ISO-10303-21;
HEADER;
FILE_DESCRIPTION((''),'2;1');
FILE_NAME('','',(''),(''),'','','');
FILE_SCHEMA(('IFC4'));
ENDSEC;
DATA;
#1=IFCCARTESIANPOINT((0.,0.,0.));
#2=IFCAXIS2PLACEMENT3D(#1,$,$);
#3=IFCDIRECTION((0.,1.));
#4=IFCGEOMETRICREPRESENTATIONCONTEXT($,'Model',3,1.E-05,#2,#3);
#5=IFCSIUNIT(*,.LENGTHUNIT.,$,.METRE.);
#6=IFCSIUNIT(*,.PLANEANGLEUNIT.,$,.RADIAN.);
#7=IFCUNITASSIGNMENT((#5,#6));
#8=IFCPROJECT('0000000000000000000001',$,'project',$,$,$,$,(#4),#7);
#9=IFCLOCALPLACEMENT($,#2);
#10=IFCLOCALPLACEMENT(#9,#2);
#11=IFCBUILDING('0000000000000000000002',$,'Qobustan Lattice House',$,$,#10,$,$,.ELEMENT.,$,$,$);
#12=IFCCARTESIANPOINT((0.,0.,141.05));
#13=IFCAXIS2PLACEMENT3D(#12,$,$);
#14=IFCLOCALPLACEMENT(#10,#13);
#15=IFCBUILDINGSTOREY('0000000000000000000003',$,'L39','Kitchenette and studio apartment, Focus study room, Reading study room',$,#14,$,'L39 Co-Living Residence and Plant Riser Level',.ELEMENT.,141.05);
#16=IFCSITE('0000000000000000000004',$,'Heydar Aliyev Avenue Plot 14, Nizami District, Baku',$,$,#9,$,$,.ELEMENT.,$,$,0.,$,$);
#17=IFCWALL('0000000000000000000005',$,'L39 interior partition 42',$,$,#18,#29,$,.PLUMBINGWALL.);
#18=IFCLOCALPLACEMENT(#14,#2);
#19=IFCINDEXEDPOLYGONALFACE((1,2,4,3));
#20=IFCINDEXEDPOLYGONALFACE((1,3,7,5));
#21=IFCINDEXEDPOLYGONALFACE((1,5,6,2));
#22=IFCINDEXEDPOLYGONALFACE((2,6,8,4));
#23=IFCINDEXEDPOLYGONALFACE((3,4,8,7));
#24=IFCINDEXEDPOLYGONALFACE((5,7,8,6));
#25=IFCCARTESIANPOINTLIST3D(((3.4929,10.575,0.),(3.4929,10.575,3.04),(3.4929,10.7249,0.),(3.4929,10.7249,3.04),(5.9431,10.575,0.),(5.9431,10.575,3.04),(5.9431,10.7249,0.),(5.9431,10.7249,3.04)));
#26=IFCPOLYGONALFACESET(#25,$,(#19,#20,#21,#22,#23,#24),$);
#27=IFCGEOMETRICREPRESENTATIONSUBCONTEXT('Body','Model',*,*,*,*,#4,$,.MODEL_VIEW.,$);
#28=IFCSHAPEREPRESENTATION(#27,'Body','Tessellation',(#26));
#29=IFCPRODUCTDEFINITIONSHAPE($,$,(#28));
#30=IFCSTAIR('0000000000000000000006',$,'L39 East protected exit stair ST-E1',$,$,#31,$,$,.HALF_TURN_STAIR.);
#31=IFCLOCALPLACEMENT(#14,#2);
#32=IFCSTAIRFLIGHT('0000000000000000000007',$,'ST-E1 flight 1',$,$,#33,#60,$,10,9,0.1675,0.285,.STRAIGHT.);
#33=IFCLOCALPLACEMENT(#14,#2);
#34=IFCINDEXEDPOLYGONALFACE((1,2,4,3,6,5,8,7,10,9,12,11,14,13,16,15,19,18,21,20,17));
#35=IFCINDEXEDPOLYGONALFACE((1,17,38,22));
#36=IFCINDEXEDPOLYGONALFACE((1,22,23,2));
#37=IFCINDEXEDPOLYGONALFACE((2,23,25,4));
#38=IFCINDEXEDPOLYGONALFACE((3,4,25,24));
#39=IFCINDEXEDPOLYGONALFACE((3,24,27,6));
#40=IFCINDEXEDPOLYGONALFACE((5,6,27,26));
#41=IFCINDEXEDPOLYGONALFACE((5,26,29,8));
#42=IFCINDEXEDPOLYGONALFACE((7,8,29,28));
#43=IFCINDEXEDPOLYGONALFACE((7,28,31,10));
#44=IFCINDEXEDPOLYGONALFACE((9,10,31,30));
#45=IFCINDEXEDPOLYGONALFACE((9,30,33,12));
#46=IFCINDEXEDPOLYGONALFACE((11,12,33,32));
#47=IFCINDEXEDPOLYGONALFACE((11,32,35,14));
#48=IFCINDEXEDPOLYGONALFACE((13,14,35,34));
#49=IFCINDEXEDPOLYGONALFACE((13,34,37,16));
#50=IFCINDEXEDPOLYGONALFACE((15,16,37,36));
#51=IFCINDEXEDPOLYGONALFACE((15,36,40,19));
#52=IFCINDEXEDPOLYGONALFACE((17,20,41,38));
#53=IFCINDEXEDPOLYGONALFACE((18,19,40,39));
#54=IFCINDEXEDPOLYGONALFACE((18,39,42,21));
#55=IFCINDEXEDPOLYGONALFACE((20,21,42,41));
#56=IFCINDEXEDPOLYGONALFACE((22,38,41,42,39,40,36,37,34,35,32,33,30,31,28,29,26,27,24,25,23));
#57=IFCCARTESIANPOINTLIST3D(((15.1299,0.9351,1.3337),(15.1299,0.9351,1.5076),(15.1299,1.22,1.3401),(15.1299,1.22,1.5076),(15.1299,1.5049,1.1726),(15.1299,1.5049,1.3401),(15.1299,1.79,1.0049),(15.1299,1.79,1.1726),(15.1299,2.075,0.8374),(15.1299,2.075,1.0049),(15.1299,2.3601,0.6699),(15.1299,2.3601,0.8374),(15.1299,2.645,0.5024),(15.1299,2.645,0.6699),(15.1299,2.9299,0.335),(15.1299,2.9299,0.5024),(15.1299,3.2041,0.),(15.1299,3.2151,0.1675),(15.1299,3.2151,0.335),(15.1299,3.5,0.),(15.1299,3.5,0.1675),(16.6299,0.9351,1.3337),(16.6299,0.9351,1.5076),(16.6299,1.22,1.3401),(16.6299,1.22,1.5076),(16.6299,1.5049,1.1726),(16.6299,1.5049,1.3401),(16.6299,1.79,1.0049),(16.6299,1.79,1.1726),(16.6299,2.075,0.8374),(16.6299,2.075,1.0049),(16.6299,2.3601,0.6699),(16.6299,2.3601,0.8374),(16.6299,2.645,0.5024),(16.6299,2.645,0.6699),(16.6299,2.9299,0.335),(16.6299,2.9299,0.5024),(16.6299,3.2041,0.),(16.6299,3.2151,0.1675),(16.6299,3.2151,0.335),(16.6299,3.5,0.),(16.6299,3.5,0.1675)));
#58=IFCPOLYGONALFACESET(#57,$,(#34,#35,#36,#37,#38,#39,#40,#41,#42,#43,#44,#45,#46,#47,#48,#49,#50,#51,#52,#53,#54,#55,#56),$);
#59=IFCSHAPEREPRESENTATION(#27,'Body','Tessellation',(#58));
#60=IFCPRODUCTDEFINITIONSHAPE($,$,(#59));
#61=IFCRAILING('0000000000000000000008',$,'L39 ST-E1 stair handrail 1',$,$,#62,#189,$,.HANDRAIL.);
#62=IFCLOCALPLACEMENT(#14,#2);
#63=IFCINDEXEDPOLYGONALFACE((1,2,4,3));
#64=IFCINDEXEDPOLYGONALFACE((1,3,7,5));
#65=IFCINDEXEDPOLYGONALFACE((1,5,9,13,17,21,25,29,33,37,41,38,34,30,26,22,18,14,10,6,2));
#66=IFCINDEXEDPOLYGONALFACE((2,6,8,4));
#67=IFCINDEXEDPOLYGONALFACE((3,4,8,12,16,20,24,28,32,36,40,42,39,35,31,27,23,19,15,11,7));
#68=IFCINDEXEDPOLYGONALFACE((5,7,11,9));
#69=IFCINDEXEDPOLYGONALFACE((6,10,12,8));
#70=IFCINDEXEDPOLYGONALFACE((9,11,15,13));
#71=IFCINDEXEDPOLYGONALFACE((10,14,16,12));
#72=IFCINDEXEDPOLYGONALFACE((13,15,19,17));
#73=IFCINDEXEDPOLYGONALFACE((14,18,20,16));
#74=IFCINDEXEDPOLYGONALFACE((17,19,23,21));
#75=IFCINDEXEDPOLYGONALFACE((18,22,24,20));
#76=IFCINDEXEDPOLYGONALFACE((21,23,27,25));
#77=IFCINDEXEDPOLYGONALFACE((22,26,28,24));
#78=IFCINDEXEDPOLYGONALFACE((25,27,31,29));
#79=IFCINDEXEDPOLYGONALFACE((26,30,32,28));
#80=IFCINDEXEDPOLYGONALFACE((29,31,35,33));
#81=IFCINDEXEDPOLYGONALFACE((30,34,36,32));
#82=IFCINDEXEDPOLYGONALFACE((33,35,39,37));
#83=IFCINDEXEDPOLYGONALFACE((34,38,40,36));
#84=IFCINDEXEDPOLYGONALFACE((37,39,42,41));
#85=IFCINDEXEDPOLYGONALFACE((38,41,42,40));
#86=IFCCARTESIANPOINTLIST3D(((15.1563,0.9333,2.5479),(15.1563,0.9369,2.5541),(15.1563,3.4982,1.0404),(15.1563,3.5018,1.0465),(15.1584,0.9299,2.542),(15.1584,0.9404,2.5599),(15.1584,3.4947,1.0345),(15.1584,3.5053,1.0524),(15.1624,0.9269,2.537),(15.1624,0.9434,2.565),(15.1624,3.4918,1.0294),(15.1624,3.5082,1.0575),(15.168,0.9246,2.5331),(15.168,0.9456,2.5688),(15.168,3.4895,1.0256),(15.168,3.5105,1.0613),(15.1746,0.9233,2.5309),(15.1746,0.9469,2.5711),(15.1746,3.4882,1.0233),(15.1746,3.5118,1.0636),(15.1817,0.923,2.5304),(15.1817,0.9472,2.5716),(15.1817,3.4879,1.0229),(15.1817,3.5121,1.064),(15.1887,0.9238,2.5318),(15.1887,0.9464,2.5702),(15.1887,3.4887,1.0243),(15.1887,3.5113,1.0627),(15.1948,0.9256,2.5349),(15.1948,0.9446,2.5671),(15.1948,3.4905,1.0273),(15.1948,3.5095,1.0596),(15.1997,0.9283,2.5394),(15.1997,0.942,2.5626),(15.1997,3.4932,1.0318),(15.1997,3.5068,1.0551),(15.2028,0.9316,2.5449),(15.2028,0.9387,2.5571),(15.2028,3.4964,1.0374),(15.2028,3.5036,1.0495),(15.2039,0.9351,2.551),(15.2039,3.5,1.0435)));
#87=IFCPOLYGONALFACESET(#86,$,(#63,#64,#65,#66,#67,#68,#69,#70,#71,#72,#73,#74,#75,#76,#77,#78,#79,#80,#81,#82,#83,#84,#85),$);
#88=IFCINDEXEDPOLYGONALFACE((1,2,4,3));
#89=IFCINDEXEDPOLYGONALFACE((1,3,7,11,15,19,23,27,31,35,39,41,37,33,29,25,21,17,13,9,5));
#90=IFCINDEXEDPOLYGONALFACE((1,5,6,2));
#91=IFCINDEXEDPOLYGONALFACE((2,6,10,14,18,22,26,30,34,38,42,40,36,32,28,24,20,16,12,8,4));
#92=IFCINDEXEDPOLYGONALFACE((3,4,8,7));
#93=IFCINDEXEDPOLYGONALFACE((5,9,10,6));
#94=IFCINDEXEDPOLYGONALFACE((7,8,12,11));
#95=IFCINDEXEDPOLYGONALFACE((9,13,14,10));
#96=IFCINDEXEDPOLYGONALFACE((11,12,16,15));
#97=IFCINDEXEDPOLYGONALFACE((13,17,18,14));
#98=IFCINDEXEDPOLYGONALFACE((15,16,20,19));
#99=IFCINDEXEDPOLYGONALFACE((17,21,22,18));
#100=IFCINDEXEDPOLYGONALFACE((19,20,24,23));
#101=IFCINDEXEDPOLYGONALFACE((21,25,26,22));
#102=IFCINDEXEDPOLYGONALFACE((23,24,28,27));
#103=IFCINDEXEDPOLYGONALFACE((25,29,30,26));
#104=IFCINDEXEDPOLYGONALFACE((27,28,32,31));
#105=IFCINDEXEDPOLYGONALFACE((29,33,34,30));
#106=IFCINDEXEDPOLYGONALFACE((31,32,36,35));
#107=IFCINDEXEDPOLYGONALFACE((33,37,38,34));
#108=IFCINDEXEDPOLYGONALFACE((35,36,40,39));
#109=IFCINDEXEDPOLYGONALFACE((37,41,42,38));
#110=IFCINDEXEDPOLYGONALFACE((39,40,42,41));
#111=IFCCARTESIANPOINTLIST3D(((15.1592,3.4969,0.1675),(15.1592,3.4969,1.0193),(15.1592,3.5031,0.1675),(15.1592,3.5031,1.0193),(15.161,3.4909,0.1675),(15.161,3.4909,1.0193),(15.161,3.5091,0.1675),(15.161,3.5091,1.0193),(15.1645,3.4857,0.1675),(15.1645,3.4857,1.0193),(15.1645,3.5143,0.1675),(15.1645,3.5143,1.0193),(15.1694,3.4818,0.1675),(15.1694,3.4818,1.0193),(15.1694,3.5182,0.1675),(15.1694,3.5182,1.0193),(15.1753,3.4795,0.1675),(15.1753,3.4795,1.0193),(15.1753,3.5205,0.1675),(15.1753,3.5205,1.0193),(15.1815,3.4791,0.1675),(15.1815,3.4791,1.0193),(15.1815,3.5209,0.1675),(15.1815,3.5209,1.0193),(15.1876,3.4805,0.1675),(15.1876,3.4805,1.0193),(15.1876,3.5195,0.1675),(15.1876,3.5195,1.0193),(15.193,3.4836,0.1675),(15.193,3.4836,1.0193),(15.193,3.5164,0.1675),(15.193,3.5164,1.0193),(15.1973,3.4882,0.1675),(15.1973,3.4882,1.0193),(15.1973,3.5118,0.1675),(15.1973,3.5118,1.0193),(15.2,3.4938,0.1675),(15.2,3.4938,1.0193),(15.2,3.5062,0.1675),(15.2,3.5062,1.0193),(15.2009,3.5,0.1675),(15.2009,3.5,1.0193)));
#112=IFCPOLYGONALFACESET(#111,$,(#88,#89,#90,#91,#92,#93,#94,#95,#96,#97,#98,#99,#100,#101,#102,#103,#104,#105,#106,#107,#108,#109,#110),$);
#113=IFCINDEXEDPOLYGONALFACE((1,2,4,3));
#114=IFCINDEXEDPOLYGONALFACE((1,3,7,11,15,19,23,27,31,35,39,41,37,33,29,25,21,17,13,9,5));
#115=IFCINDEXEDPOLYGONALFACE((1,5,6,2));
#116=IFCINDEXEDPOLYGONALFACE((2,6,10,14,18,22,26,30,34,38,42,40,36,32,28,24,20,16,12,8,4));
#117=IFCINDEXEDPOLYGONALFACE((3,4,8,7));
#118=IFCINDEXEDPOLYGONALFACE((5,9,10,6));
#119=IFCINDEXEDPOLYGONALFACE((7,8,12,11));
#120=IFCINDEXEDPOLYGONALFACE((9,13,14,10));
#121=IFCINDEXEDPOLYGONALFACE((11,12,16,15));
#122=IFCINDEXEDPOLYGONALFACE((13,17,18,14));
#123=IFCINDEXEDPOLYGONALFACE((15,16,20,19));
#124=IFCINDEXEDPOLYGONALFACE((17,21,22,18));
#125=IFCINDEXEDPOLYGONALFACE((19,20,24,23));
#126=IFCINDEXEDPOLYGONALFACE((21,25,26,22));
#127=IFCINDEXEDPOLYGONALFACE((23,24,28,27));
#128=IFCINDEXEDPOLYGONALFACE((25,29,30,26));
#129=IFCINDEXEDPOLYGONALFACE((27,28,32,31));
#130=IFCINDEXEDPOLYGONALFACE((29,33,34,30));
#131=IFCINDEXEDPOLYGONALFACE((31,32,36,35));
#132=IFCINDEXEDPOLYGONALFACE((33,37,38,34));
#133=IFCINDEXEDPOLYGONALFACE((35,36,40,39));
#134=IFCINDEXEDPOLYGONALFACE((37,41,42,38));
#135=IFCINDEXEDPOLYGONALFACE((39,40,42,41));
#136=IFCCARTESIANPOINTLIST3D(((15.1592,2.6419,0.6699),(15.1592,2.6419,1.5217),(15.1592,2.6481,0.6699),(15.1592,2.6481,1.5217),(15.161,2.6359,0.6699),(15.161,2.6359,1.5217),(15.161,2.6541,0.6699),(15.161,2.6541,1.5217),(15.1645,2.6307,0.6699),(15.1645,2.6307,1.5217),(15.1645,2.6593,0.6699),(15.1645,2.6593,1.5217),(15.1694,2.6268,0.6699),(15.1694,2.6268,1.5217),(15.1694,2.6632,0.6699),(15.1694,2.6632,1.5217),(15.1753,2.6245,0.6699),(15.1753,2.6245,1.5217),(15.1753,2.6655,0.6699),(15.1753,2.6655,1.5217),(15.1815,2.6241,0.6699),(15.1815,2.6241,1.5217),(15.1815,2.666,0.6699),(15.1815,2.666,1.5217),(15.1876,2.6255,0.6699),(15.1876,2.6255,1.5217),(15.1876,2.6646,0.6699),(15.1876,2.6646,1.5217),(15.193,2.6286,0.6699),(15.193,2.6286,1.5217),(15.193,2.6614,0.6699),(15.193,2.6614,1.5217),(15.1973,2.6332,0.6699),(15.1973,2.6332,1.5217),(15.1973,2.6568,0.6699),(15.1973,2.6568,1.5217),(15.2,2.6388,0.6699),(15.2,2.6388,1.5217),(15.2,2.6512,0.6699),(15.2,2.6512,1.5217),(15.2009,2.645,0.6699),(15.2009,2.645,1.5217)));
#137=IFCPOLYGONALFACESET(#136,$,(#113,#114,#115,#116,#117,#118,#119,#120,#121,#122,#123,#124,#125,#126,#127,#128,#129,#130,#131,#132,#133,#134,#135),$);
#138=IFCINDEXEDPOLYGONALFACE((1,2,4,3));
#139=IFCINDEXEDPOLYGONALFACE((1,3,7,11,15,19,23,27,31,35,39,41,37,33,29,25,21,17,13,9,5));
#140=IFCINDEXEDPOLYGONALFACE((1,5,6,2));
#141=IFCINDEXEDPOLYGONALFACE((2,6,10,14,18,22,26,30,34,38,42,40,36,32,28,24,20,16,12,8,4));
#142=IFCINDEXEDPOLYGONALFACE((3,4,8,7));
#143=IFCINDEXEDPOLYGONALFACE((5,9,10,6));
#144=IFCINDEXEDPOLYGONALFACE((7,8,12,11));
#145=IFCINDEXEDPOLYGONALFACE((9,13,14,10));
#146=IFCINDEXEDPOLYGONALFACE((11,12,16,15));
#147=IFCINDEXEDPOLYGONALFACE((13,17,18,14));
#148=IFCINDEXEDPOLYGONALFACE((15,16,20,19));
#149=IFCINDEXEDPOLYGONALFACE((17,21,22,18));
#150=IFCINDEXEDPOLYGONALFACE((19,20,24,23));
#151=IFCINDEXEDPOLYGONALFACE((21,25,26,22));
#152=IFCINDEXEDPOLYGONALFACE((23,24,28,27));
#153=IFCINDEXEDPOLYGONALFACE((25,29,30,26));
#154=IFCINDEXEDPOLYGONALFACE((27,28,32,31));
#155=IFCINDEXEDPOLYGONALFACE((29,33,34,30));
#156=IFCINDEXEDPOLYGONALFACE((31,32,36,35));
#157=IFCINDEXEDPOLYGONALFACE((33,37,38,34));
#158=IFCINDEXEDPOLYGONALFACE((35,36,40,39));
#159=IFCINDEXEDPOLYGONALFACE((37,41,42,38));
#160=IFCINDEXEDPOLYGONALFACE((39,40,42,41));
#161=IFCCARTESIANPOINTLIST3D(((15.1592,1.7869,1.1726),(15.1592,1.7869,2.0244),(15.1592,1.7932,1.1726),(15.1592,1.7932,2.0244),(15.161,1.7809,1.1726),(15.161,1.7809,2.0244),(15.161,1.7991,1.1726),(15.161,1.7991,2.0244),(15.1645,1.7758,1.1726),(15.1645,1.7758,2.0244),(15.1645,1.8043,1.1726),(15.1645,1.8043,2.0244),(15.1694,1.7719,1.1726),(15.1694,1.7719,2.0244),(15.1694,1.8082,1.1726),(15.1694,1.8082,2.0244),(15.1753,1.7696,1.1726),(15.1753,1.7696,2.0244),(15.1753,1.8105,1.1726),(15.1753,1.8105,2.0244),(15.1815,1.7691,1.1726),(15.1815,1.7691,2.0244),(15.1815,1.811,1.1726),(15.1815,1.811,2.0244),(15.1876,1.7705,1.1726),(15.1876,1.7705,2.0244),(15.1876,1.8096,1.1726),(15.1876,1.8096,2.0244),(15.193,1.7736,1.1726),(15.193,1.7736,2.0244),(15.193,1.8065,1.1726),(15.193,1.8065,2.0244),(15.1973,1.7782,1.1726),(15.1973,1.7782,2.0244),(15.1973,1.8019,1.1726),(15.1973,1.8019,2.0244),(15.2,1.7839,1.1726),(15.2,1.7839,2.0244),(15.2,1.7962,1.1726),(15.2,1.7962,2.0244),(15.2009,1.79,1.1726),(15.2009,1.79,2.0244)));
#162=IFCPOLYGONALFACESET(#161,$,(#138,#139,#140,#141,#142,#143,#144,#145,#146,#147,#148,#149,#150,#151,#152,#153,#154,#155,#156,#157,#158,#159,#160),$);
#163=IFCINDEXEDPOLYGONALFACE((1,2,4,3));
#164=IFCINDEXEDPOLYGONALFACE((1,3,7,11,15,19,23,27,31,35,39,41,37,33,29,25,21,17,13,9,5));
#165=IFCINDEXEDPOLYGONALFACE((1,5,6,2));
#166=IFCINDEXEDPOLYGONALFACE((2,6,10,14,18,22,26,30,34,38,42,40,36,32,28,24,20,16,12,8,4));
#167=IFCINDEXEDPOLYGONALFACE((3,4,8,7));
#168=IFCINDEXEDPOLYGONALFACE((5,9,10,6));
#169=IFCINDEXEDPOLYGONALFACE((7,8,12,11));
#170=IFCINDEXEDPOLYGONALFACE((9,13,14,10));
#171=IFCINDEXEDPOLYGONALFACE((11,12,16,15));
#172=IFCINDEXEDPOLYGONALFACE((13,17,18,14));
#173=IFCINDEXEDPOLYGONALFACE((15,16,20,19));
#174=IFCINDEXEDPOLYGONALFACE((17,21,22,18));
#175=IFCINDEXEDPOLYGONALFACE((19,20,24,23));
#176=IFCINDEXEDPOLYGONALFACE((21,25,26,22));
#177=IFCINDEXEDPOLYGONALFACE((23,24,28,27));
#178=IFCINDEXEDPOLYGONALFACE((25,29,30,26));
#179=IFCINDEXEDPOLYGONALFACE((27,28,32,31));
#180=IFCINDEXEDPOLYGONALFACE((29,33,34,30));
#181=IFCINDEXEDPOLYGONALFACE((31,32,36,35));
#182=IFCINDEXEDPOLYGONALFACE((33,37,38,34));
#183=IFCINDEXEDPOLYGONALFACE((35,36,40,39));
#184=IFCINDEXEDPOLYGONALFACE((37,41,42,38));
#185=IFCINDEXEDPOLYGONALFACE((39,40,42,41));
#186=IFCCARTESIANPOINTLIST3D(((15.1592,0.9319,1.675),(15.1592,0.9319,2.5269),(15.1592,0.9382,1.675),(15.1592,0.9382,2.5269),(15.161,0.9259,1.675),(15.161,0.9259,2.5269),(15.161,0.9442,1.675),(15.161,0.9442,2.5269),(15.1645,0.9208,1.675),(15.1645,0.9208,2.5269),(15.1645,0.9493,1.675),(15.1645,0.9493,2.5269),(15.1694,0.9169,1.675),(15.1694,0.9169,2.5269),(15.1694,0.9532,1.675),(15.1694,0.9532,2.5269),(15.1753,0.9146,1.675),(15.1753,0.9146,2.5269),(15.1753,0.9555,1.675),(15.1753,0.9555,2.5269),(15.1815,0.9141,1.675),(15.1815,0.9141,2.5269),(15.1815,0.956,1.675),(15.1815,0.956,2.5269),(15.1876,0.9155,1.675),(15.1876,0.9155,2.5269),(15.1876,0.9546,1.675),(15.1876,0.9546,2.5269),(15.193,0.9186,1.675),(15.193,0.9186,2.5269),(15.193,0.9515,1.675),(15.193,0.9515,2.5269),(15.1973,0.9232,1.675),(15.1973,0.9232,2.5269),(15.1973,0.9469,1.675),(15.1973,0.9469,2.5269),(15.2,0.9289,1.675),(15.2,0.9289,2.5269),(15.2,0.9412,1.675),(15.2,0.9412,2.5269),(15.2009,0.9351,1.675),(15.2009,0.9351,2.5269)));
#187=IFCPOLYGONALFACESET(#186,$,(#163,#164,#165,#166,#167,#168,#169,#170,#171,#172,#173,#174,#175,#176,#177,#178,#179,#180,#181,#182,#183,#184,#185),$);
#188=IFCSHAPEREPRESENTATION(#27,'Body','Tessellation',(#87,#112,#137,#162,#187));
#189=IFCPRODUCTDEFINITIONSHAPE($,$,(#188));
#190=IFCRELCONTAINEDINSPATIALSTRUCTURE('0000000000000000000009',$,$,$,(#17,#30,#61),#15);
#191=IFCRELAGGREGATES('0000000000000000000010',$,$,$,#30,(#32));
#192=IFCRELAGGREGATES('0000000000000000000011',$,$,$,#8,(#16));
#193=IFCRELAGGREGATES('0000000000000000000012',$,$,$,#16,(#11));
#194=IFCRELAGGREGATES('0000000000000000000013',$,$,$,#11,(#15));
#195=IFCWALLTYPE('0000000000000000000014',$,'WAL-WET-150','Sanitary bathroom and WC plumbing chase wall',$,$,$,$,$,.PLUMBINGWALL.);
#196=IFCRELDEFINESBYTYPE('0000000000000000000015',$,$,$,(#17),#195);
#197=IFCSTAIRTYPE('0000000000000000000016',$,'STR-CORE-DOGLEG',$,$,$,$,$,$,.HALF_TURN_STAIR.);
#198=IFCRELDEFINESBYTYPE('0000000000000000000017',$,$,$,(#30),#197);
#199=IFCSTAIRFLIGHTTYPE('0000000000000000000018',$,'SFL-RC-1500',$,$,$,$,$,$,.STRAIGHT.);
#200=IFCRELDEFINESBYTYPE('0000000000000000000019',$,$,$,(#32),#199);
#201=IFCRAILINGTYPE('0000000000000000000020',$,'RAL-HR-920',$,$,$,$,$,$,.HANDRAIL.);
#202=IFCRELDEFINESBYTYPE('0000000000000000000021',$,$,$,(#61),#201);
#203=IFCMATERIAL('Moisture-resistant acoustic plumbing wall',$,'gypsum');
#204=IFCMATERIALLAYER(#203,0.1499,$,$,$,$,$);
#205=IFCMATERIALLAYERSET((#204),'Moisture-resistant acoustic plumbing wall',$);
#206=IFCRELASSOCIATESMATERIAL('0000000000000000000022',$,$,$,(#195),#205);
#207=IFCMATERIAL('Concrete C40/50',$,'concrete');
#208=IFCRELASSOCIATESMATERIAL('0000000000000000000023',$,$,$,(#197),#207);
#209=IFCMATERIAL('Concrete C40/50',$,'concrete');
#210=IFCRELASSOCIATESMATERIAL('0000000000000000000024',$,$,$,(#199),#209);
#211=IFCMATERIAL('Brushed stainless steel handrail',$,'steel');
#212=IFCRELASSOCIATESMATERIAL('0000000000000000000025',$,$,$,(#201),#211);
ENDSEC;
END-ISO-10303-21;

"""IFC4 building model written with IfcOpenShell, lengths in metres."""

from ifc_helpers import new_model, si_unit, direction, frame, frame_2d, origin, origin_2d, place, context, subcontext, project, spatial, polyline, rectangle, circle, outline, extrude, material, layer, layer_set, type_object, element, aggregate, save


model = new_model("IFC4")

# Units and contexts
model_context = context("Model", 3, precision=1e-05, world=origin(), true_north=direction((0.0, 1.0)))
body_context = subcontext(model_context, "Body", "Model", "MODEL_VIEW")
ifc_project = project(units=[si_unit("LENGTHUNIT", "METRE"), si_unit("PLANEANGLEUNIT", "RADIAN")], contexts=[model_context])

# Site, building, storey
site_placement = place(None, origin())
site = spatial("IfcSite", under=ifc_project, at=site_placement, Name="Heydar Aliyev Avenue Plot 14, Nizami District, Baku", CompositionType="ELEMENT", RefElevation=0.0)
building_placement = place(site_placement, origin())
building = spatial("IfcBuilding", under=site, at=building_placement, Name="Qobustan Lattice House", CompositionType="ELEMENT")
storey_placement = place(building_placement, frame((0.0, 0.0, 141.05)))
storey = spatial("IfcBuildingStorey", under=building, at=storey_placement, Name="L39", Description="Kitchenette and studio apartment, Focus study room, Reading study room", LongName="L39 Co-Living Residence and Plant Riser Level", CompositionType="ELEMENT", Elevation=141.05)

# Wall
ifc_material_1 = material(Name="Moisture-resistant acoustic plumbing wall", Category="gypsum")
ifc_layer_1 = layer(ifc_material_1, 0.1499)
ifc_layer_set_1 = layer_set([ifc_layer_1], Name="Moisture-resistant acoustic plumbing wall")
wall_type_1 = type_object("IfcWallType", Name="WAL-WET-150", Description="Sanitary bathroom and WC plumbing chase wall", PredefinedType="PLUMBINGWALL", material=ifc_layer_set_1)
wall_1_placement = place(storey_placement, frame((3.4929, 10.6499, 0.0), z_axis=(0.0, 0.0, 1.0), x_axis=(1.0, 0.0, 0.0)))
element("IfcWall", 1, at=wall_1_placement, inside=storey, type_object=wall_type_1, Name="L39 interior partition 42", PredefinedType="PLUMBINGWALL", context=body_context, shape_type="SweptSolid", body=[
    extrude(rectangle(XDim=2.4502, YDim=0.1499, at=frame_2d((1.2251, 0.0))), origin(), (0.0, 0.0, 1.0), 3.04),
])

# Stair, stair flight
ifc_material_2 = material(Name="Concrete C40/50", Category="concrete")
stair_type = type_object("IfcStairType", Name="STR-CORE-DOGLEG", PredefinedType="HALF_TURN_STAIR", material=ifc_material_2)
stair_placement = place(storey_placement, origin())
stair = element("IfcStair", 2, at=stair_placement, inside=storey, type_object=stair_type, Name="L39 East protected exit stair ST-E1", PredefinedType="HALF_TURN_STAIR")
ifc_material_3 = material(Name="Concrete C40/50", Category="concrete")
stair_flight_type = type_object("IfcStairFlightType", Name="SFL-RC-1500", PredefinedType="STRAIGHT", material=ifc_material_3)
stair_flight_placement = place(storey_placement, frame((15.8799, 3.5, 0.0), z_axis=(0.0, 0.0, 1.0), x_axis=(0.0, -1.0, 0.0)))
stair_flight = element("IfcStairFlight", 3, at=stair_flight_placement, type_object=stair_flight_type, Name="ST-E1 flight 1", NumberOfRisers=10, NumberOfTreads=9, PredefinedType="STRAIGHT", RiserHeight=0.1675, TreadLength=0.285, context=body_context, shape_type="SweptSolid", body=[
    extrude(outline(polyline([(0.0, 0.0), (0.0, 0.1675), (0.2849, 0.1675), (0.2849, 0.335), (0.5701, 0.335), (0.5701, 0.5024), (0.855, 0.5024), (0.855, 0.6699), (1.1399, 0.6699), (1.1399, 0.8374), (1.425, 0.8374), (1.425, 1.0049), (1.71, 1.0049), (1.71, 1.1726), (1.9951, 1.1726), (1.9951, 1.3401), (2.28, 1.3401), (2.28, 1.5076), (2.5649, 1.5076), (2.5649, 1.675), (2.5649, 1.3337), (0.2959, 0.0), (0.0, 0.0)])), frame((0.0, 0.75, 0.0), z_axis=(0.0, -1.0, 0.0), x_axis=(1.0, 0.0, 0.0)), (0.0, 0.0, 1.0), 1.5),
])
aggregate(stair, [stair_flight])

# Railing
ifc_material_4 = material(Name="Brushed stainless steel handrail", Category="steel")
railing_type_1 = type_object("IfcRailingType", Name="RAL-HR-920", PredefinedType="HANDRAIL", material=ifc_material_4)
railing_1_placement = place(storey_placement, frame((15.1799, 3.5, 0.1675)))
element("IfcRailing", 4, at=railing_1_placement, inside=storey, type_object=railing_type_1, Name="L39 ST-E1 stair handrail 1", PredefinedType="HANDRAIL", context=body_context, shape_type="SweptSolid", body=[
    extrude(circle(Radius=0.0239, at=origin_2d()), frame((0.0, 0.0, 0.876), z_axis=(0.0, -0.862113, 0.506715), x_axis=(1.0, 0.0, 0.0)), (0.0, 0.0, 1.0), 2.9751),
    extrude(circle(Radius=0.021, at=origin_2d()), origin(), (0.0, 0.0, 1.0), 0.8518),
    extrude(circle(Radius=0.021, at=origin_2d()), frame((0.0, -0.855, 0.5024)), (0.0, 0.0, 1.0), 0.8518),
    extrude(circle(Radius=0.021, at=origin_2d()), frame((0.0, -1.71, 1.0051)), (0.0, 0.0, 1.0), 0.8518),
    extrude(circle(Radius=0.021, at=origin_2d()), frame((0.0, -2.5649, 1.5076)), (0.0, 0.0, 1.0), 0.8518),
])

save(model, "model.ifc")
